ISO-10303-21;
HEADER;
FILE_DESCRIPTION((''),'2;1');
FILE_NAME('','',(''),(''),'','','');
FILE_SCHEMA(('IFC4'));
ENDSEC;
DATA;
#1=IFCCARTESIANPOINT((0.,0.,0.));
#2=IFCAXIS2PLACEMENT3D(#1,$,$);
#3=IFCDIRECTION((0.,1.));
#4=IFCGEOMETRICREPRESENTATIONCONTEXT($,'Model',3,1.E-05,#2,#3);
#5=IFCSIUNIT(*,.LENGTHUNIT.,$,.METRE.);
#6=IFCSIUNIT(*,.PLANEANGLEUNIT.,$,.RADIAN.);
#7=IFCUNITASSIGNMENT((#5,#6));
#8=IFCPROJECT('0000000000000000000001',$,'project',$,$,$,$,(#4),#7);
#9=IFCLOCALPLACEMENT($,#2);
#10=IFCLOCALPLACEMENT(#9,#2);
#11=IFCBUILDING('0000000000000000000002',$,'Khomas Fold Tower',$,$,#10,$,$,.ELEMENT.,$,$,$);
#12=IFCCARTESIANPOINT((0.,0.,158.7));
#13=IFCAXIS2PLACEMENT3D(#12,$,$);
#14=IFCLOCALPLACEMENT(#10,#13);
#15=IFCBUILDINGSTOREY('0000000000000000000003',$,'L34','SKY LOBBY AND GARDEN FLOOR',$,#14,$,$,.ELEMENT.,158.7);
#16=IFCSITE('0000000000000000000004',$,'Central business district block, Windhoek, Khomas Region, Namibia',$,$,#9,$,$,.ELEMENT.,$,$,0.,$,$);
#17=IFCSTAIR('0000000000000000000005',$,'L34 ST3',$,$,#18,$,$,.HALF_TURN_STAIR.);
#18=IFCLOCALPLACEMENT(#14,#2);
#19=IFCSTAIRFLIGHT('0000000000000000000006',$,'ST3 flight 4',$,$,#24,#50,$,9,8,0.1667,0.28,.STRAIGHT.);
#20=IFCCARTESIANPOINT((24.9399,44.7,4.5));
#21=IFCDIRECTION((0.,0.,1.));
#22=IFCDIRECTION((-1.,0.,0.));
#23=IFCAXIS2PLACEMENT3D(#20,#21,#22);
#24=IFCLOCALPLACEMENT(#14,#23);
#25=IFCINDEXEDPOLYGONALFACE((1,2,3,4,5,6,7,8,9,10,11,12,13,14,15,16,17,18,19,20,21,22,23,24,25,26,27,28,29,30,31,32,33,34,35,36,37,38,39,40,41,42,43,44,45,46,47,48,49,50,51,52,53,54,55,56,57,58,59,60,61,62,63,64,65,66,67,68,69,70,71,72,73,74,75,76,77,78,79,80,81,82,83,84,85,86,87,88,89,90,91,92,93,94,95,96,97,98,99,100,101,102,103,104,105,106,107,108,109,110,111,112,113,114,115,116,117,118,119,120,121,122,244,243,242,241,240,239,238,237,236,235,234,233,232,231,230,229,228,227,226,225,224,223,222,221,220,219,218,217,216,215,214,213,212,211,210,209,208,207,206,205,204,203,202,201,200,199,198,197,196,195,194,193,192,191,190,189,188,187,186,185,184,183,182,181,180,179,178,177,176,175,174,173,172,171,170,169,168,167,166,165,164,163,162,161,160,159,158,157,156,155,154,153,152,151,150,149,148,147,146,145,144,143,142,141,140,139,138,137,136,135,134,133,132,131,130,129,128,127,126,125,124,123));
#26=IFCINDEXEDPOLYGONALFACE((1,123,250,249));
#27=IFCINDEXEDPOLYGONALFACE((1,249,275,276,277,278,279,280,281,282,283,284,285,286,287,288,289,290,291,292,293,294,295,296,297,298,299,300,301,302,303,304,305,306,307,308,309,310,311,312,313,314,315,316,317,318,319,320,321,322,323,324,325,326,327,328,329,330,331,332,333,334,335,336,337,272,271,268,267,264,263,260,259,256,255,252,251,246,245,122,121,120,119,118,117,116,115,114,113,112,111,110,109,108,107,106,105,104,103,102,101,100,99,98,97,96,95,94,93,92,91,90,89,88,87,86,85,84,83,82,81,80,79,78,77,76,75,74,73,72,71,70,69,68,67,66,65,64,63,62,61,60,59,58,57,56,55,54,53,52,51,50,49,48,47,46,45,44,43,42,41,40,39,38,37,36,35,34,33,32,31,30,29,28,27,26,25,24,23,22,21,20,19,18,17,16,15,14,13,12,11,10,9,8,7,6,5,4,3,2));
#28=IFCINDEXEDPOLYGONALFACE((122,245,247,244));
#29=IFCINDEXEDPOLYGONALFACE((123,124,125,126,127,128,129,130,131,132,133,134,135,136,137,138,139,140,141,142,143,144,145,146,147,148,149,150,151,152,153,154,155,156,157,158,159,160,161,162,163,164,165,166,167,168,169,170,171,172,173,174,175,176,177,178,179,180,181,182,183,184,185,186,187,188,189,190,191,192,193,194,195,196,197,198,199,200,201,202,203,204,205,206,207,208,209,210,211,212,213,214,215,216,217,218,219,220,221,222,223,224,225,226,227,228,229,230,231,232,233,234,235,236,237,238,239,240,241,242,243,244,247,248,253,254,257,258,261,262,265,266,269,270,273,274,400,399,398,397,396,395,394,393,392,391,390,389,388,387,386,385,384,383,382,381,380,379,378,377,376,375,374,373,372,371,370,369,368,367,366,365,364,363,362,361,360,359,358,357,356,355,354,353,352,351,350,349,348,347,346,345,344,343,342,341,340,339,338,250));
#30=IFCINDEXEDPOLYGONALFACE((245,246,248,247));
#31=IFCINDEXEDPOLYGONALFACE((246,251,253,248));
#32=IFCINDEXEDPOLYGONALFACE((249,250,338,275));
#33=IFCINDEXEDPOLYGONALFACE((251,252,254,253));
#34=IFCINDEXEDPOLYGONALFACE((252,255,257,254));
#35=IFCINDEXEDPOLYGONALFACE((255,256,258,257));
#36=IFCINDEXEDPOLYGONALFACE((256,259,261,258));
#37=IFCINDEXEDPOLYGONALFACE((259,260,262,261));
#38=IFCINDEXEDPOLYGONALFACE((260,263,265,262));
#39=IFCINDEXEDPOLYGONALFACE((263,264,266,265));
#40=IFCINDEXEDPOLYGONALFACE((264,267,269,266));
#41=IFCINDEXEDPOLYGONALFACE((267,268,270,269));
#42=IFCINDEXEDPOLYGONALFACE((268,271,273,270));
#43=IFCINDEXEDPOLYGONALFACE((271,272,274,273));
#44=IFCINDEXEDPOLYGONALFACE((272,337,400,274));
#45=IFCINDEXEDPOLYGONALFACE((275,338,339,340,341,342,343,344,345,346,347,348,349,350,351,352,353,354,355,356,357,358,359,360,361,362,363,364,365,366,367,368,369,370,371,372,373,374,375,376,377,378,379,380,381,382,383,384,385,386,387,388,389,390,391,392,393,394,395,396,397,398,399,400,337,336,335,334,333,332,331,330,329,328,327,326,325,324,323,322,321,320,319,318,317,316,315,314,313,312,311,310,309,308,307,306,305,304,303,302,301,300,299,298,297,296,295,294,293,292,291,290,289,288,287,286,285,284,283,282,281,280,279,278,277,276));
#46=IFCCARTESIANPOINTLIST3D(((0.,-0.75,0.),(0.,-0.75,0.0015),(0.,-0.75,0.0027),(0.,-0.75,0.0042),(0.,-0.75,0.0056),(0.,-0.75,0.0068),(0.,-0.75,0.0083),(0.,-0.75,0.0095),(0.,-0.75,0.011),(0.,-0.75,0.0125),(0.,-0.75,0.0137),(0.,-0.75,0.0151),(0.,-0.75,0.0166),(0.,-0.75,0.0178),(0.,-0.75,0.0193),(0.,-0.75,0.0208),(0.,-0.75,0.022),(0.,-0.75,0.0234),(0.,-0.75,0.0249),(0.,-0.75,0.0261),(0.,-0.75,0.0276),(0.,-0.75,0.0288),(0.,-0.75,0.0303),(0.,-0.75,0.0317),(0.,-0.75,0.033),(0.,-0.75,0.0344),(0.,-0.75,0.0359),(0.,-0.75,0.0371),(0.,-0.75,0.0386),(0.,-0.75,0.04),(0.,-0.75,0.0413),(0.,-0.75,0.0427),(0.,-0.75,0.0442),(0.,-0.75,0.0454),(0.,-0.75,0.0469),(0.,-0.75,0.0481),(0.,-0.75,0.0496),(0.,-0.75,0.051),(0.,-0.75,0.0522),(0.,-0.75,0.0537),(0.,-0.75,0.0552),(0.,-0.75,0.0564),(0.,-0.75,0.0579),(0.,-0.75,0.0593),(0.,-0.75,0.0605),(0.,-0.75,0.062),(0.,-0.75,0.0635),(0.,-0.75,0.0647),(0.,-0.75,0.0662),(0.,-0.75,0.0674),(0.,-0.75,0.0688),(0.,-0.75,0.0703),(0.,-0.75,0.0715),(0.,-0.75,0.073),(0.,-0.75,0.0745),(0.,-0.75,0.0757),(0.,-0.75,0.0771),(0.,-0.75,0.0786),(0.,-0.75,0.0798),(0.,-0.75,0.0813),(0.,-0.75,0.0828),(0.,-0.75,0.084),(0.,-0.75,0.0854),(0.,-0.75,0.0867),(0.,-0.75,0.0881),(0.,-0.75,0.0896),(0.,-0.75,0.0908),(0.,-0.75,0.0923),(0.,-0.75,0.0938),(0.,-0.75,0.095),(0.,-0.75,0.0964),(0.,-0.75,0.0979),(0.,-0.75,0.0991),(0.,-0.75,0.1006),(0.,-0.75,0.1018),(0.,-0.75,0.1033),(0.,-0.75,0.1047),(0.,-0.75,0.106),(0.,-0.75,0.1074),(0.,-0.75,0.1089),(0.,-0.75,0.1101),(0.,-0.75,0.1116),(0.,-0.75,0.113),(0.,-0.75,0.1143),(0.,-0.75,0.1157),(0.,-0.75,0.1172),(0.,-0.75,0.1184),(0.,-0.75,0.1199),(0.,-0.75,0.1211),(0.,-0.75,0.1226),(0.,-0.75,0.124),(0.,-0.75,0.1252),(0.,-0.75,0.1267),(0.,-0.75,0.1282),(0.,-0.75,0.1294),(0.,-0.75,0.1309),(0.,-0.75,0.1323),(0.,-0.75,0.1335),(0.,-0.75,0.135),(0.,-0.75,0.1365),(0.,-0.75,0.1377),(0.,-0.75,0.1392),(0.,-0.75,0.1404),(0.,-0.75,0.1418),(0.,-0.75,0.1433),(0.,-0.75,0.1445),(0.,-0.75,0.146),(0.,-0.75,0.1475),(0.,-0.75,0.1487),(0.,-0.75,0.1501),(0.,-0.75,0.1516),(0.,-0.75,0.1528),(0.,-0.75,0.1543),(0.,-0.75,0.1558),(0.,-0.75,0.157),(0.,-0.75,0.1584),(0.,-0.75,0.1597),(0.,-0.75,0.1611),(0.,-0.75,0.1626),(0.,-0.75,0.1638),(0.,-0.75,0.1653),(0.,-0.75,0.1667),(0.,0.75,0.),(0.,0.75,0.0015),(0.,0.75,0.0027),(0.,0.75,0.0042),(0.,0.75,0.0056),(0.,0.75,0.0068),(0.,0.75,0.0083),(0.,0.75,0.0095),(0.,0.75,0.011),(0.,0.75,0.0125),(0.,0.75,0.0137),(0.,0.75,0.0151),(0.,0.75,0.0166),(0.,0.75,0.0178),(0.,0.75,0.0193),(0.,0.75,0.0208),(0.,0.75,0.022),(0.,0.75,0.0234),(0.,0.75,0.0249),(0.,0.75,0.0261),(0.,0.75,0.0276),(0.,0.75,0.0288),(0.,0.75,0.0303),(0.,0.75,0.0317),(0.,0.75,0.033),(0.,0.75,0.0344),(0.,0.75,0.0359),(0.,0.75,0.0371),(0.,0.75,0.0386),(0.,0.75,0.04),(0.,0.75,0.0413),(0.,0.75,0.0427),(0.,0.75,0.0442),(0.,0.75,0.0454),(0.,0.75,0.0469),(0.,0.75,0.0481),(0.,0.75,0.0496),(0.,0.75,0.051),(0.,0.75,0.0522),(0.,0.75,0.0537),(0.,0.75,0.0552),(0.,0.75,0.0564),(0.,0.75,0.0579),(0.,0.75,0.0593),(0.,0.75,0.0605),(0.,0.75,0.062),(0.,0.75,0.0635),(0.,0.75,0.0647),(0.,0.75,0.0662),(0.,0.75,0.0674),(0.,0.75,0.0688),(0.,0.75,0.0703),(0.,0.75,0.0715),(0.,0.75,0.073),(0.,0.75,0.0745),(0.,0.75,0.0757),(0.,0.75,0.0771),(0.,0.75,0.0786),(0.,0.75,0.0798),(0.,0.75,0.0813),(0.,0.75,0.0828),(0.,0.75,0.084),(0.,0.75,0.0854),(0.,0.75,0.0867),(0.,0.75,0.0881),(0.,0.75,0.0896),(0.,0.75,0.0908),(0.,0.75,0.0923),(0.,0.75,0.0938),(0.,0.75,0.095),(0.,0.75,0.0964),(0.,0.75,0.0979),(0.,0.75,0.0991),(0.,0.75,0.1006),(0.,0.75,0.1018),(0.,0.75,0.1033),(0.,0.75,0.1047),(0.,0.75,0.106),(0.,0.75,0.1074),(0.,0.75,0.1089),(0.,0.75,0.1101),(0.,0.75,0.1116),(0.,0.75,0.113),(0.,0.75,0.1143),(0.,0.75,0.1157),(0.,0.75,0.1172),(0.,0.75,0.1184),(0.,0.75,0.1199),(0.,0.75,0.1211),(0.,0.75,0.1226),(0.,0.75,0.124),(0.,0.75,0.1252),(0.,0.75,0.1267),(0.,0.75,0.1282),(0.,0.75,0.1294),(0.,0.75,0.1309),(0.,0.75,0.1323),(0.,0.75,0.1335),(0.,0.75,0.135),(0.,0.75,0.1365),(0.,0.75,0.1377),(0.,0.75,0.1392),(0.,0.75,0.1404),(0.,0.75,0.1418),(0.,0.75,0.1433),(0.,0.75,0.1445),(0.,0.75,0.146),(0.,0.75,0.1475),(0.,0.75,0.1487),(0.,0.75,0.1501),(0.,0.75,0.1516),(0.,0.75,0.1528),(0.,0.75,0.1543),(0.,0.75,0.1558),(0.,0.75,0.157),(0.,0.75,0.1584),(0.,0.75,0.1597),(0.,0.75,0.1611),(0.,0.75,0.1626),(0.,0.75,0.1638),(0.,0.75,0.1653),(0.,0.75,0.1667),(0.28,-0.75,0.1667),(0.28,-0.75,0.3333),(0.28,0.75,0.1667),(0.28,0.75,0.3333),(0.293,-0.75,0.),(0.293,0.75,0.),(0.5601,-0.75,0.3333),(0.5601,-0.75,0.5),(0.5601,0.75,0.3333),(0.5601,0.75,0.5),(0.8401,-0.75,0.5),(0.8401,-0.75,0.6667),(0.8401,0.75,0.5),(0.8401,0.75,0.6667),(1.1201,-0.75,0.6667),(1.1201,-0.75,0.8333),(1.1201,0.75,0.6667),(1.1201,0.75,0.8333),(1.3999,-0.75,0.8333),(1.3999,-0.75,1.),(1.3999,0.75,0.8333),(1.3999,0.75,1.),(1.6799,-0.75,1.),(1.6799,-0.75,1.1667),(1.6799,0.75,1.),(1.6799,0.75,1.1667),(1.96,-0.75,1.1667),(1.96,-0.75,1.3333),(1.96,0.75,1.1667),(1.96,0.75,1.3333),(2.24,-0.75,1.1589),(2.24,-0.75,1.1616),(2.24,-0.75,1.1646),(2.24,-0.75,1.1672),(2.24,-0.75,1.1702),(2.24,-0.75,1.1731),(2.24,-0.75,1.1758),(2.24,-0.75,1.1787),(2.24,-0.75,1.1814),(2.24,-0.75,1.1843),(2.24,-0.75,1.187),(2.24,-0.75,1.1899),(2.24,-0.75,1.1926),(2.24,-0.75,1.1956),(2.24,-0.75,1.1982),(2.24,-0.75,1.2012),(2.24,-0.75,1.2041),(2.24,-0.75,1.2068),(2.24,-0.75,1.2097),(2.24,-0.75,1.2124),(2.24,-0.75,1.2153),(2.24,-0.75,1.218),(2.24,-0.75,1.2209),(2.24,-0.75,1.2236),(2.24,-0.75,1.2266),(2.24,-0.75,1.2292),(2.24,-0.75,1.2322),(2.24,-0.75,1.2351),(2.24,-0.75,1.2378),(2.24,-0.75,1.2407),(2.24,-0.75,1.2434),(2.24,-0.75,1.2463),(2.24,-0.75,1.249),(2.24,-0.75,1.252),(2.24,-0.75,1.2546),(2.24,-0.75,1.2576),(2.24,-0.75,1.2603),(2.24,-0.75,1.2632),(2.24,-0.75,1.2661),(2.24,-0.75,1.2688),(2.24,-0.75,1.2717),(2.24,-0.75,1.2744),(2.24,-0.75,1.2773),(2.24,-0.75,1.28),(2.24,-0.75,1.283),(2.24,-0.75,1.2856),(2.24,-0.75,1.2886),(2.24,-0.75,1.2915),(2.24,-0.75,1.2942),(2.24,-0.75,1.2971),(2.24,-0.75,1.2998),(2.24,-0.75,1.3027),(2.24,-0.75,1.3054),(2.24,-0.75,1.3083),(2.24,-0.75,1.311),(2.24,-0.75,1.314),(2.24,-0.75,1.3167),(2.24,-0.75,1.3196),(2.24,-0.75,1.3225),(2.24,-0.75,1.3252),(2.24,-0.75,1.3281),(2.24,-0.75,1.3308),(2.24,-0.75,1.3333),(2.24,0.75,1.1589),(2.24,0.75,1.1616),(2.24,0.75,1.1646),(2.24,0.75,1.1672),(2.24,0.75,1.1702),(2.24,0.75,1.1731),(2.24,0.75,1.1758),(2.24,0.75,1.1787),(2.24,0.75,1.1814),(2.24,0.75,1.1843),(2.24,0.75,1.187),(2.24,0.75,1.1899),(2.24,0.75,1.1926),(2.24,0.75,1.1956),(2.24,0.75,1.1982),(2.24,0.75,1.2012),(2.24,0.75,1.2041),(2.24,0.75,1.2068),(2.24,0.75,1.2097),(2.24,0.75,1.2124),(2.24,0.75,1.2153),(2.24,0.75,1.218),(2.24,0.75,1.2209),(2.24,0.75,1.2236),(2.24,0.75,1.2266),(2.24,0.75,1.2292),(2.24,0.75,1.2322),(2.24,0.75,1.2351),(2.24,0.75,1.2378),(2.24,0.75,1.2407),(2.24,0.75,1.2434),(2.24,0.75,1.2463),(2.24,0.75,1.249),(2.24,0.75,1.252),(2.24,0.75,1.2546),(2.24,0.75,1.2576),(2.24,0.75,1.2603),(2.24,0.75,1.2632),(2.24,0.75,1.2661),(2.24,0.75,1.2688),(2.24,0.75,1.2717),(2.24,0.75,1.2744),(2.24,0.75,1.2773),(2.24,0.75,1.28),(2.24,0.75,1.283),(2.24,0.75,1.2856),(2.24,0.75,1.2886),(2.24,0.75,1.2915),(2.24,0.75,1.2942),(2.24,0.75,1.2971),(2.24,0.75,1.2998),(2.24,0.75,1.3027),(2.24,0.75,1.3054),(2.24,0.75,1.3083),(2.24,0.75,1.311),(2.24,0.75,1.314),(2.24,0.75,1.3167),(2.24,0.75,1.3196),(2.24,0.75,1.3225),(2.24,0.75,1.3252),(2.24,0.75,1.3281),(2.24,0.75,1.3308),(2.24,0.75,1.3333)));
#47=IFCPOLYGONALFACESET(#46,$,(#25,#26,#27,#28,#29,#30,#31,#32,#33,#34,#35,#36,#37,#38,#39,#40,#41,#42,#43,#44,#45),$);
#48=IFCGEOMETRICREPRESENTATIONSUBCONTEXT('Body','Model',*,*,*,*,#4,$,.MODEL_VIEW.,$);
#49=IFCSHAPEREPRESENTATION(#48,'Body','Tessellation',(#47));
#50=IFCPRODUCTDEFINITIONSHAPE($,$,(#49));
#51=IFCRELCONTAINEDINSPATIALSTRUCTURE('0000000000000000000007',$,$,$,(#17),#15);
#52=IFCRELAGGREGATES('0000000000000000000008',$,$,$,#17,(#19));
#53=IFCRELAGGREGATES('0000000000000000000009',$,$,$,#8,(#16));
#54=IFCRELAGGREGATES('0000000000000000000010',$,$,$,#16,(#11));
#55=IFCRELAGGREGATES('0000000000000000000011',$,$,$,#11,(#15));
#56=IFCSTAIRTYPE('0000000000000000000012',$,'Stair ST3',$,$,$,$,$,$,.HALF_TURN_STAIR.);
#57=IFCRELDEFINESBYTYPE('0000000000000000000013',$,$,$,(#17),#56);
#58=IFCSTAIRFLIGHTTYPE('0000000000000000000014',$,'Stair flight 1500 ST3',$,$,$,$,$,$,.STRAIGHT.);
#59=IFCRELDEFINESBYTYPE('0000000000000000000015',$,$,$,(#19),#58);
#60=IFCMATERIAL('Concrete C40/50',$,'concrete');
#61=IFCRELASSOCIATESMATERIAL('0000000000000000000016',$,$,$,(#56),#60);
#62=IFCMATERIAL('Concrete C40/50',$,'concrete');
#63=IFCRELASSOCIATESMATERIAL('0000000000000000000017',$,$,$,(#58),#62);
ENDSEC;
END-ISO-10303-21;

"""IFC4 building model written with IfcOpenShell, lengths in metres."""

from ifc_helpers import new_model, si_unit, direction, frame, origin, place, context, subcontext, project, spatial, polyline, outline, extrude, source, transform, mapped, material, type_object, element, aggregate, save


model = new_model("IFC4")

# Units and contexts
model_context = context("Model", 3, precision=1e-05, world=origin(), true_north=direction((0.0, 1.0)))
body_context = subcontext(model_context, "Body", "Model", "MODEL_VIEW")
ifc_project = project(units=[si_unit("LENGTHUNIT", "METRE"), si_unit("PLANEANGLEUNIT", "RADIAN")], contexts=[model_context])

# Site, building, storey
site_placement = place(None, origin())
site = spatial("IfcSite", under=ifc_project, at=site_placement, Name="Central business district block, Windhoek, Khomas Region, Namibia", CompositionType="ELEMENT", RefElevation=0.0)
building_placement = place(site_placement, origin())
building = spatial("IfcBuilding", under=site, at=building_placement, Name="Khomas Fold Tower", CompositionType="ELEMENT")
storey_placement = place(building_placement, frame((0.0, 0.0, 158.7)))
storey = spatial("IfcBuildingStorey", under=building, at=storey_placement, Name="L34", Description="SKY LOBBY AND GARDEN FLOOR", CompositionType="ELEMENT", Elevation=158.7)

# Stair, stair flight
ifc_material_1 = material(Name="Concrete C40/50", Category="concrete")
stair_type = type_object("IfcStairType", Name="Stair ST3", PredefinedType="HALF_TURN_STAIR", material=ifc_material_1)
stair_placement = place(storey_placement, origin())
stair = element("IfcStair", 1, at=stair_placement, inside=storey, type_object=stair_type, Name="L34 ST3", PredefinedType="HALF_TURN_STAIR")
ifc_material_2 = material(Name="Concrete C40/50", Category="concrete")
stair_flight_type = type_object("IfcStairFlightType", Name="Stair flight 1500 ST3", PredefinedType="STRAIGHT", material=ifc_material_2)
shared_shape_1 = source(origin(), body_context, "Body", "SweptSolid", [
    extrude(outline(polyline([(0.0, 0.0), (0.0, 0.0015), (0.0, 0.0027), (0.0, 0.0042), (0.0, 0.0056), (0.0, 0.0068), (0.0, 0.0083), (0.0, 0.0095), (0.0, 0.011), (0.0, 0.0125), (0.0, 0.0137), (0.0, 0.0151), (0.0, 0.0166), (0.0, 0.0178), (0.0, 0.0193), (0.0, 0.0208), (0.0, 0.022), (0.0, 0.0234), (0.0, 0.0249), (0.0, 0.0261), (0.0, 0.0276), (0.0, 0.0288), (0.0, 0.0303), (0.0, 0.0317), (0.0, 0.033), (0.0, 0.0344), (0.0, 0.0359), (0.0, 0.0371), (0.0, 0.0386), (0.0, 0.04), (0.0, 0.0413), (0.0, 0.0427), (0.0, 0.0442), (0.0, 0.0454), (0.0, 0.0469), (0.0, 0.0481), (0.0, 0.0496), (0.0, 0.051), (0.0, 0.0522), (0.0, 0.0537), (0.0, 0.0552), (0.0, 0.0564), (0.0, 0.0579), (0.0, 0.0593), (0.0, 0.0605), (0.0, 0.062), (0.0, 0.0635), (0.0, 0.0647), (0.0, 0.0662), (0.0, 0.0674), (0.0, 0.0688), (0.0, 0.0703), (0.0, 0.0715), (0.0, 0.073), (0.0, 0.0745), (0.0, 0.0757), (0.0, 0.0771), (0.0, 0.0786), (0.0, 0.0798), (0.0, 0.0813), (0.0, 0.0828), (0.0, 0.084), (0.0, 0.0854), (0.0, 0.0867), (0.0, 0.0881), (0.0, 0.0896), (0.0, 0.0908), (0.0, 0.0923), (0.0, 0.0938), (0.0, 0.095), (0.0, 0.0964), (0.0, 0.0979), (0.0, 0.0991), (0.0, 0.1006), (0.0, 0.1018), (0.0, 0.1033), (0.0, 0.1047), (0.0, 0.106), (0.0, 0.1074), (0.0, 0.1089), (0.0, 0.1101), (0.0, 0.1116), (0.0, 0.113), (0.0, 0.1143), (0.0, 0.1157), (0.0, 0.1172), (0.0, 0.1184), (0.0, 0.1199), (0.0, 0.1211), (0.0, 0.1226), (0.0, 0.124), (0.0, 0.1252), (0.0, 0.1267), (0.0, 0.1282), (0.0, 0.1294), (0.0, 0.1309), (0.0, 0.1323), (0.0, 0.1335), (0.0, 0.135), (0.0, 0.1365), (0.0, 0.1377), (0.0, 0.1392), (0.0, 0.1404), (0.0, 0.1418), (0.0, 0.1433), (0.0, 0.1445), (0.0, 0.146), (0.0, 0.1475), (0.0, 0.1487), (0.0, 0.1501), (0.0, 0.1516), (0.0, 0.1528), (0.0, 0.1543), (0.0, 0.1558), (0.0, 0.157), (0.0, 0.1584), (0.0, 0.1597), (0.0, 0.1611), (0.0, 0.1626), (0.0, 0.1638), (0.0, 0.1653), (0.0, 0.1667), (0.28, 0.1667), (0.28, 0.3333), (0.5601, 0.3333), (0.5601, 0.5), (0.8401, 0.5), (0.8401, 0.6667), (1.1201, 0.6667), (1.1201, 0.8333), (1.3999, 0.8333), (1.3999, 1.0), (1.6799, 1.0), (1.6799, 1.1667), (1.96, 1.1667), (1.96, 1.3333), (2.24, 1.3333), (2.24, 1.5), (2.24, 1.4971), (2.24, 1.4944), (2.24, 1.4915), (2.24, 1.4888), (2.24, 1.4858), (2.24, 1.4832), (2.24, 1.4802), (2.24, 1.4775), (2.24, 1.4746), (2.24, 1.4719), (2.24, 1.469), (2.24, 1.4661), (2.24, 1.4634), (2.24, 1.4604), (2.24, 1.4578), (2.24, 1.4548), (2.24, 1.4521), (2.24, 1.4492), (2.24, 1.4465), (2.24, 1.4436), (2.24, 1.4409), (2.24, 1.438), (2.24, 1.4351), (2.24, 1.4324), (2.24, 1.4294), (2.24, 1.4268), (2.24, 1.4238), (2.24, 1.4211), (2.24, 1.4182), (2.24, 1.4155), (2.24, 1.4126), (2.24, 1.4097), (2.24, 1.407), (2.24, 1.4041), (2.24, 1.4014), (2.24, 1.3984), (2.24, 1.3958), (2.24, 1.3928), (2.24, 1.3901), (2.24, 1.3872), (2.24, 1.3845), (2.24, 1.3816), (2.24, 1.3787), (2.24, 1.376), (2.24, 1.373), (2.24, 1.3704), (2.24, 1.3674), (2.24, 1.3647), (2.24, 1.3618), (2.24, 1.3591), (2.24, 1.3562), (2.24, 1.3535), (2.24, 1.3506), (2.24, 1.3477), (2.24, 1.345), (2.24, 1.342), (2.24, 1.3394), (2.24, 1.3364), (2.24, 1.3337), (2.24, 1.3308), (2.24, 1.3281), (2.24, 1.3252), (2.24, 1.3225), (2.24, 1.3196), (2.24, 1.3167), (2.24, 1.314), (2.24, 1.311), (2.24, 1.3083), (2.24, 1.3054), (2.24, 1.3027), (2.24, 1.2998), (2.24, 1.2971), (2.24, 1.2942), (2.24, 1.2915), (2.24, 1.2886), (2.24, 1.2856), (2.24, 1.283), (2.24, 1.28), (2.24, 1.2773), (2.24, 1.2744), (2.24, 1.2717), (2.24, 1.2688), (2.24, 1.2661), (2.24, 1.2632), (2.24, 1.2603), (2.24, 1.2576), (2.24, 1.2546), (2.24, 1.252), (2.24, 1.249), (2.24, 1.2463), (2.24, 1.2434), (2.24, 1.2407), (2.24, 1.2378), (2.24, 1.2351), (2.24, 1.2322), (2.24, 1.2292), (2.24, 1.2266), (2.24, 1.2236), (2.24, 1.2209), (2.24, 1.218), (2.24, 1.2153), (2.24, 1.2124), (2.24, 1.2097), (2.24, 1.2068), (2.24, 1.2041), (2.24, 1.2012), (2.24, 1.1982), (2.24, 1.1956), (2.24, 1.1926), (2.24, 1.1899), (2.24, 1.187), (2.24, 1.1843), (2.24, 1.1814), (2.24, 1.1787), (2.24, 1.1758), (2.24, 1.1731), (2.24, 1.1702), (2.24, 1.1672), (2.24, 1.1646), (2.24, 1.1616), (2.24, 1.1589), (0.293, 0.0), (0.0, 0.0)])), frame((0.0, 0.75, 0.0), z_axis=(0.0, -1.0, 0.0), x_axis=(1.0, 0.0, 0.0)), (0.0, 0.0, 1.0), 1.5),
])
stair_flight_1_placement = place(storey_placement, frame((24.9399, 44.7, 4.5), z_axis=(0.0, 0.0, 1.0), x_axis=(-1.0, 0.0, 0.0)))
stair_flight_1 = element("IfcStairFlight", 2, at=stair_flight_1_placement, type_object=stair_flight_type, Name="ST3 flight 4", NumberOfRisers=9, NumberOfTreads=8, PredefinedType="STRAIGHT", RiserHeight=0.1667, TreadLength=0.28, context=body_context, shape_type="MappedRepresentation", body=[
    mapped(shared_shape_1, transform((0.0, 0.0, 0.0))),
])
aggregate(stair, [stair_flight_1])

save(model, "model.ifc")
